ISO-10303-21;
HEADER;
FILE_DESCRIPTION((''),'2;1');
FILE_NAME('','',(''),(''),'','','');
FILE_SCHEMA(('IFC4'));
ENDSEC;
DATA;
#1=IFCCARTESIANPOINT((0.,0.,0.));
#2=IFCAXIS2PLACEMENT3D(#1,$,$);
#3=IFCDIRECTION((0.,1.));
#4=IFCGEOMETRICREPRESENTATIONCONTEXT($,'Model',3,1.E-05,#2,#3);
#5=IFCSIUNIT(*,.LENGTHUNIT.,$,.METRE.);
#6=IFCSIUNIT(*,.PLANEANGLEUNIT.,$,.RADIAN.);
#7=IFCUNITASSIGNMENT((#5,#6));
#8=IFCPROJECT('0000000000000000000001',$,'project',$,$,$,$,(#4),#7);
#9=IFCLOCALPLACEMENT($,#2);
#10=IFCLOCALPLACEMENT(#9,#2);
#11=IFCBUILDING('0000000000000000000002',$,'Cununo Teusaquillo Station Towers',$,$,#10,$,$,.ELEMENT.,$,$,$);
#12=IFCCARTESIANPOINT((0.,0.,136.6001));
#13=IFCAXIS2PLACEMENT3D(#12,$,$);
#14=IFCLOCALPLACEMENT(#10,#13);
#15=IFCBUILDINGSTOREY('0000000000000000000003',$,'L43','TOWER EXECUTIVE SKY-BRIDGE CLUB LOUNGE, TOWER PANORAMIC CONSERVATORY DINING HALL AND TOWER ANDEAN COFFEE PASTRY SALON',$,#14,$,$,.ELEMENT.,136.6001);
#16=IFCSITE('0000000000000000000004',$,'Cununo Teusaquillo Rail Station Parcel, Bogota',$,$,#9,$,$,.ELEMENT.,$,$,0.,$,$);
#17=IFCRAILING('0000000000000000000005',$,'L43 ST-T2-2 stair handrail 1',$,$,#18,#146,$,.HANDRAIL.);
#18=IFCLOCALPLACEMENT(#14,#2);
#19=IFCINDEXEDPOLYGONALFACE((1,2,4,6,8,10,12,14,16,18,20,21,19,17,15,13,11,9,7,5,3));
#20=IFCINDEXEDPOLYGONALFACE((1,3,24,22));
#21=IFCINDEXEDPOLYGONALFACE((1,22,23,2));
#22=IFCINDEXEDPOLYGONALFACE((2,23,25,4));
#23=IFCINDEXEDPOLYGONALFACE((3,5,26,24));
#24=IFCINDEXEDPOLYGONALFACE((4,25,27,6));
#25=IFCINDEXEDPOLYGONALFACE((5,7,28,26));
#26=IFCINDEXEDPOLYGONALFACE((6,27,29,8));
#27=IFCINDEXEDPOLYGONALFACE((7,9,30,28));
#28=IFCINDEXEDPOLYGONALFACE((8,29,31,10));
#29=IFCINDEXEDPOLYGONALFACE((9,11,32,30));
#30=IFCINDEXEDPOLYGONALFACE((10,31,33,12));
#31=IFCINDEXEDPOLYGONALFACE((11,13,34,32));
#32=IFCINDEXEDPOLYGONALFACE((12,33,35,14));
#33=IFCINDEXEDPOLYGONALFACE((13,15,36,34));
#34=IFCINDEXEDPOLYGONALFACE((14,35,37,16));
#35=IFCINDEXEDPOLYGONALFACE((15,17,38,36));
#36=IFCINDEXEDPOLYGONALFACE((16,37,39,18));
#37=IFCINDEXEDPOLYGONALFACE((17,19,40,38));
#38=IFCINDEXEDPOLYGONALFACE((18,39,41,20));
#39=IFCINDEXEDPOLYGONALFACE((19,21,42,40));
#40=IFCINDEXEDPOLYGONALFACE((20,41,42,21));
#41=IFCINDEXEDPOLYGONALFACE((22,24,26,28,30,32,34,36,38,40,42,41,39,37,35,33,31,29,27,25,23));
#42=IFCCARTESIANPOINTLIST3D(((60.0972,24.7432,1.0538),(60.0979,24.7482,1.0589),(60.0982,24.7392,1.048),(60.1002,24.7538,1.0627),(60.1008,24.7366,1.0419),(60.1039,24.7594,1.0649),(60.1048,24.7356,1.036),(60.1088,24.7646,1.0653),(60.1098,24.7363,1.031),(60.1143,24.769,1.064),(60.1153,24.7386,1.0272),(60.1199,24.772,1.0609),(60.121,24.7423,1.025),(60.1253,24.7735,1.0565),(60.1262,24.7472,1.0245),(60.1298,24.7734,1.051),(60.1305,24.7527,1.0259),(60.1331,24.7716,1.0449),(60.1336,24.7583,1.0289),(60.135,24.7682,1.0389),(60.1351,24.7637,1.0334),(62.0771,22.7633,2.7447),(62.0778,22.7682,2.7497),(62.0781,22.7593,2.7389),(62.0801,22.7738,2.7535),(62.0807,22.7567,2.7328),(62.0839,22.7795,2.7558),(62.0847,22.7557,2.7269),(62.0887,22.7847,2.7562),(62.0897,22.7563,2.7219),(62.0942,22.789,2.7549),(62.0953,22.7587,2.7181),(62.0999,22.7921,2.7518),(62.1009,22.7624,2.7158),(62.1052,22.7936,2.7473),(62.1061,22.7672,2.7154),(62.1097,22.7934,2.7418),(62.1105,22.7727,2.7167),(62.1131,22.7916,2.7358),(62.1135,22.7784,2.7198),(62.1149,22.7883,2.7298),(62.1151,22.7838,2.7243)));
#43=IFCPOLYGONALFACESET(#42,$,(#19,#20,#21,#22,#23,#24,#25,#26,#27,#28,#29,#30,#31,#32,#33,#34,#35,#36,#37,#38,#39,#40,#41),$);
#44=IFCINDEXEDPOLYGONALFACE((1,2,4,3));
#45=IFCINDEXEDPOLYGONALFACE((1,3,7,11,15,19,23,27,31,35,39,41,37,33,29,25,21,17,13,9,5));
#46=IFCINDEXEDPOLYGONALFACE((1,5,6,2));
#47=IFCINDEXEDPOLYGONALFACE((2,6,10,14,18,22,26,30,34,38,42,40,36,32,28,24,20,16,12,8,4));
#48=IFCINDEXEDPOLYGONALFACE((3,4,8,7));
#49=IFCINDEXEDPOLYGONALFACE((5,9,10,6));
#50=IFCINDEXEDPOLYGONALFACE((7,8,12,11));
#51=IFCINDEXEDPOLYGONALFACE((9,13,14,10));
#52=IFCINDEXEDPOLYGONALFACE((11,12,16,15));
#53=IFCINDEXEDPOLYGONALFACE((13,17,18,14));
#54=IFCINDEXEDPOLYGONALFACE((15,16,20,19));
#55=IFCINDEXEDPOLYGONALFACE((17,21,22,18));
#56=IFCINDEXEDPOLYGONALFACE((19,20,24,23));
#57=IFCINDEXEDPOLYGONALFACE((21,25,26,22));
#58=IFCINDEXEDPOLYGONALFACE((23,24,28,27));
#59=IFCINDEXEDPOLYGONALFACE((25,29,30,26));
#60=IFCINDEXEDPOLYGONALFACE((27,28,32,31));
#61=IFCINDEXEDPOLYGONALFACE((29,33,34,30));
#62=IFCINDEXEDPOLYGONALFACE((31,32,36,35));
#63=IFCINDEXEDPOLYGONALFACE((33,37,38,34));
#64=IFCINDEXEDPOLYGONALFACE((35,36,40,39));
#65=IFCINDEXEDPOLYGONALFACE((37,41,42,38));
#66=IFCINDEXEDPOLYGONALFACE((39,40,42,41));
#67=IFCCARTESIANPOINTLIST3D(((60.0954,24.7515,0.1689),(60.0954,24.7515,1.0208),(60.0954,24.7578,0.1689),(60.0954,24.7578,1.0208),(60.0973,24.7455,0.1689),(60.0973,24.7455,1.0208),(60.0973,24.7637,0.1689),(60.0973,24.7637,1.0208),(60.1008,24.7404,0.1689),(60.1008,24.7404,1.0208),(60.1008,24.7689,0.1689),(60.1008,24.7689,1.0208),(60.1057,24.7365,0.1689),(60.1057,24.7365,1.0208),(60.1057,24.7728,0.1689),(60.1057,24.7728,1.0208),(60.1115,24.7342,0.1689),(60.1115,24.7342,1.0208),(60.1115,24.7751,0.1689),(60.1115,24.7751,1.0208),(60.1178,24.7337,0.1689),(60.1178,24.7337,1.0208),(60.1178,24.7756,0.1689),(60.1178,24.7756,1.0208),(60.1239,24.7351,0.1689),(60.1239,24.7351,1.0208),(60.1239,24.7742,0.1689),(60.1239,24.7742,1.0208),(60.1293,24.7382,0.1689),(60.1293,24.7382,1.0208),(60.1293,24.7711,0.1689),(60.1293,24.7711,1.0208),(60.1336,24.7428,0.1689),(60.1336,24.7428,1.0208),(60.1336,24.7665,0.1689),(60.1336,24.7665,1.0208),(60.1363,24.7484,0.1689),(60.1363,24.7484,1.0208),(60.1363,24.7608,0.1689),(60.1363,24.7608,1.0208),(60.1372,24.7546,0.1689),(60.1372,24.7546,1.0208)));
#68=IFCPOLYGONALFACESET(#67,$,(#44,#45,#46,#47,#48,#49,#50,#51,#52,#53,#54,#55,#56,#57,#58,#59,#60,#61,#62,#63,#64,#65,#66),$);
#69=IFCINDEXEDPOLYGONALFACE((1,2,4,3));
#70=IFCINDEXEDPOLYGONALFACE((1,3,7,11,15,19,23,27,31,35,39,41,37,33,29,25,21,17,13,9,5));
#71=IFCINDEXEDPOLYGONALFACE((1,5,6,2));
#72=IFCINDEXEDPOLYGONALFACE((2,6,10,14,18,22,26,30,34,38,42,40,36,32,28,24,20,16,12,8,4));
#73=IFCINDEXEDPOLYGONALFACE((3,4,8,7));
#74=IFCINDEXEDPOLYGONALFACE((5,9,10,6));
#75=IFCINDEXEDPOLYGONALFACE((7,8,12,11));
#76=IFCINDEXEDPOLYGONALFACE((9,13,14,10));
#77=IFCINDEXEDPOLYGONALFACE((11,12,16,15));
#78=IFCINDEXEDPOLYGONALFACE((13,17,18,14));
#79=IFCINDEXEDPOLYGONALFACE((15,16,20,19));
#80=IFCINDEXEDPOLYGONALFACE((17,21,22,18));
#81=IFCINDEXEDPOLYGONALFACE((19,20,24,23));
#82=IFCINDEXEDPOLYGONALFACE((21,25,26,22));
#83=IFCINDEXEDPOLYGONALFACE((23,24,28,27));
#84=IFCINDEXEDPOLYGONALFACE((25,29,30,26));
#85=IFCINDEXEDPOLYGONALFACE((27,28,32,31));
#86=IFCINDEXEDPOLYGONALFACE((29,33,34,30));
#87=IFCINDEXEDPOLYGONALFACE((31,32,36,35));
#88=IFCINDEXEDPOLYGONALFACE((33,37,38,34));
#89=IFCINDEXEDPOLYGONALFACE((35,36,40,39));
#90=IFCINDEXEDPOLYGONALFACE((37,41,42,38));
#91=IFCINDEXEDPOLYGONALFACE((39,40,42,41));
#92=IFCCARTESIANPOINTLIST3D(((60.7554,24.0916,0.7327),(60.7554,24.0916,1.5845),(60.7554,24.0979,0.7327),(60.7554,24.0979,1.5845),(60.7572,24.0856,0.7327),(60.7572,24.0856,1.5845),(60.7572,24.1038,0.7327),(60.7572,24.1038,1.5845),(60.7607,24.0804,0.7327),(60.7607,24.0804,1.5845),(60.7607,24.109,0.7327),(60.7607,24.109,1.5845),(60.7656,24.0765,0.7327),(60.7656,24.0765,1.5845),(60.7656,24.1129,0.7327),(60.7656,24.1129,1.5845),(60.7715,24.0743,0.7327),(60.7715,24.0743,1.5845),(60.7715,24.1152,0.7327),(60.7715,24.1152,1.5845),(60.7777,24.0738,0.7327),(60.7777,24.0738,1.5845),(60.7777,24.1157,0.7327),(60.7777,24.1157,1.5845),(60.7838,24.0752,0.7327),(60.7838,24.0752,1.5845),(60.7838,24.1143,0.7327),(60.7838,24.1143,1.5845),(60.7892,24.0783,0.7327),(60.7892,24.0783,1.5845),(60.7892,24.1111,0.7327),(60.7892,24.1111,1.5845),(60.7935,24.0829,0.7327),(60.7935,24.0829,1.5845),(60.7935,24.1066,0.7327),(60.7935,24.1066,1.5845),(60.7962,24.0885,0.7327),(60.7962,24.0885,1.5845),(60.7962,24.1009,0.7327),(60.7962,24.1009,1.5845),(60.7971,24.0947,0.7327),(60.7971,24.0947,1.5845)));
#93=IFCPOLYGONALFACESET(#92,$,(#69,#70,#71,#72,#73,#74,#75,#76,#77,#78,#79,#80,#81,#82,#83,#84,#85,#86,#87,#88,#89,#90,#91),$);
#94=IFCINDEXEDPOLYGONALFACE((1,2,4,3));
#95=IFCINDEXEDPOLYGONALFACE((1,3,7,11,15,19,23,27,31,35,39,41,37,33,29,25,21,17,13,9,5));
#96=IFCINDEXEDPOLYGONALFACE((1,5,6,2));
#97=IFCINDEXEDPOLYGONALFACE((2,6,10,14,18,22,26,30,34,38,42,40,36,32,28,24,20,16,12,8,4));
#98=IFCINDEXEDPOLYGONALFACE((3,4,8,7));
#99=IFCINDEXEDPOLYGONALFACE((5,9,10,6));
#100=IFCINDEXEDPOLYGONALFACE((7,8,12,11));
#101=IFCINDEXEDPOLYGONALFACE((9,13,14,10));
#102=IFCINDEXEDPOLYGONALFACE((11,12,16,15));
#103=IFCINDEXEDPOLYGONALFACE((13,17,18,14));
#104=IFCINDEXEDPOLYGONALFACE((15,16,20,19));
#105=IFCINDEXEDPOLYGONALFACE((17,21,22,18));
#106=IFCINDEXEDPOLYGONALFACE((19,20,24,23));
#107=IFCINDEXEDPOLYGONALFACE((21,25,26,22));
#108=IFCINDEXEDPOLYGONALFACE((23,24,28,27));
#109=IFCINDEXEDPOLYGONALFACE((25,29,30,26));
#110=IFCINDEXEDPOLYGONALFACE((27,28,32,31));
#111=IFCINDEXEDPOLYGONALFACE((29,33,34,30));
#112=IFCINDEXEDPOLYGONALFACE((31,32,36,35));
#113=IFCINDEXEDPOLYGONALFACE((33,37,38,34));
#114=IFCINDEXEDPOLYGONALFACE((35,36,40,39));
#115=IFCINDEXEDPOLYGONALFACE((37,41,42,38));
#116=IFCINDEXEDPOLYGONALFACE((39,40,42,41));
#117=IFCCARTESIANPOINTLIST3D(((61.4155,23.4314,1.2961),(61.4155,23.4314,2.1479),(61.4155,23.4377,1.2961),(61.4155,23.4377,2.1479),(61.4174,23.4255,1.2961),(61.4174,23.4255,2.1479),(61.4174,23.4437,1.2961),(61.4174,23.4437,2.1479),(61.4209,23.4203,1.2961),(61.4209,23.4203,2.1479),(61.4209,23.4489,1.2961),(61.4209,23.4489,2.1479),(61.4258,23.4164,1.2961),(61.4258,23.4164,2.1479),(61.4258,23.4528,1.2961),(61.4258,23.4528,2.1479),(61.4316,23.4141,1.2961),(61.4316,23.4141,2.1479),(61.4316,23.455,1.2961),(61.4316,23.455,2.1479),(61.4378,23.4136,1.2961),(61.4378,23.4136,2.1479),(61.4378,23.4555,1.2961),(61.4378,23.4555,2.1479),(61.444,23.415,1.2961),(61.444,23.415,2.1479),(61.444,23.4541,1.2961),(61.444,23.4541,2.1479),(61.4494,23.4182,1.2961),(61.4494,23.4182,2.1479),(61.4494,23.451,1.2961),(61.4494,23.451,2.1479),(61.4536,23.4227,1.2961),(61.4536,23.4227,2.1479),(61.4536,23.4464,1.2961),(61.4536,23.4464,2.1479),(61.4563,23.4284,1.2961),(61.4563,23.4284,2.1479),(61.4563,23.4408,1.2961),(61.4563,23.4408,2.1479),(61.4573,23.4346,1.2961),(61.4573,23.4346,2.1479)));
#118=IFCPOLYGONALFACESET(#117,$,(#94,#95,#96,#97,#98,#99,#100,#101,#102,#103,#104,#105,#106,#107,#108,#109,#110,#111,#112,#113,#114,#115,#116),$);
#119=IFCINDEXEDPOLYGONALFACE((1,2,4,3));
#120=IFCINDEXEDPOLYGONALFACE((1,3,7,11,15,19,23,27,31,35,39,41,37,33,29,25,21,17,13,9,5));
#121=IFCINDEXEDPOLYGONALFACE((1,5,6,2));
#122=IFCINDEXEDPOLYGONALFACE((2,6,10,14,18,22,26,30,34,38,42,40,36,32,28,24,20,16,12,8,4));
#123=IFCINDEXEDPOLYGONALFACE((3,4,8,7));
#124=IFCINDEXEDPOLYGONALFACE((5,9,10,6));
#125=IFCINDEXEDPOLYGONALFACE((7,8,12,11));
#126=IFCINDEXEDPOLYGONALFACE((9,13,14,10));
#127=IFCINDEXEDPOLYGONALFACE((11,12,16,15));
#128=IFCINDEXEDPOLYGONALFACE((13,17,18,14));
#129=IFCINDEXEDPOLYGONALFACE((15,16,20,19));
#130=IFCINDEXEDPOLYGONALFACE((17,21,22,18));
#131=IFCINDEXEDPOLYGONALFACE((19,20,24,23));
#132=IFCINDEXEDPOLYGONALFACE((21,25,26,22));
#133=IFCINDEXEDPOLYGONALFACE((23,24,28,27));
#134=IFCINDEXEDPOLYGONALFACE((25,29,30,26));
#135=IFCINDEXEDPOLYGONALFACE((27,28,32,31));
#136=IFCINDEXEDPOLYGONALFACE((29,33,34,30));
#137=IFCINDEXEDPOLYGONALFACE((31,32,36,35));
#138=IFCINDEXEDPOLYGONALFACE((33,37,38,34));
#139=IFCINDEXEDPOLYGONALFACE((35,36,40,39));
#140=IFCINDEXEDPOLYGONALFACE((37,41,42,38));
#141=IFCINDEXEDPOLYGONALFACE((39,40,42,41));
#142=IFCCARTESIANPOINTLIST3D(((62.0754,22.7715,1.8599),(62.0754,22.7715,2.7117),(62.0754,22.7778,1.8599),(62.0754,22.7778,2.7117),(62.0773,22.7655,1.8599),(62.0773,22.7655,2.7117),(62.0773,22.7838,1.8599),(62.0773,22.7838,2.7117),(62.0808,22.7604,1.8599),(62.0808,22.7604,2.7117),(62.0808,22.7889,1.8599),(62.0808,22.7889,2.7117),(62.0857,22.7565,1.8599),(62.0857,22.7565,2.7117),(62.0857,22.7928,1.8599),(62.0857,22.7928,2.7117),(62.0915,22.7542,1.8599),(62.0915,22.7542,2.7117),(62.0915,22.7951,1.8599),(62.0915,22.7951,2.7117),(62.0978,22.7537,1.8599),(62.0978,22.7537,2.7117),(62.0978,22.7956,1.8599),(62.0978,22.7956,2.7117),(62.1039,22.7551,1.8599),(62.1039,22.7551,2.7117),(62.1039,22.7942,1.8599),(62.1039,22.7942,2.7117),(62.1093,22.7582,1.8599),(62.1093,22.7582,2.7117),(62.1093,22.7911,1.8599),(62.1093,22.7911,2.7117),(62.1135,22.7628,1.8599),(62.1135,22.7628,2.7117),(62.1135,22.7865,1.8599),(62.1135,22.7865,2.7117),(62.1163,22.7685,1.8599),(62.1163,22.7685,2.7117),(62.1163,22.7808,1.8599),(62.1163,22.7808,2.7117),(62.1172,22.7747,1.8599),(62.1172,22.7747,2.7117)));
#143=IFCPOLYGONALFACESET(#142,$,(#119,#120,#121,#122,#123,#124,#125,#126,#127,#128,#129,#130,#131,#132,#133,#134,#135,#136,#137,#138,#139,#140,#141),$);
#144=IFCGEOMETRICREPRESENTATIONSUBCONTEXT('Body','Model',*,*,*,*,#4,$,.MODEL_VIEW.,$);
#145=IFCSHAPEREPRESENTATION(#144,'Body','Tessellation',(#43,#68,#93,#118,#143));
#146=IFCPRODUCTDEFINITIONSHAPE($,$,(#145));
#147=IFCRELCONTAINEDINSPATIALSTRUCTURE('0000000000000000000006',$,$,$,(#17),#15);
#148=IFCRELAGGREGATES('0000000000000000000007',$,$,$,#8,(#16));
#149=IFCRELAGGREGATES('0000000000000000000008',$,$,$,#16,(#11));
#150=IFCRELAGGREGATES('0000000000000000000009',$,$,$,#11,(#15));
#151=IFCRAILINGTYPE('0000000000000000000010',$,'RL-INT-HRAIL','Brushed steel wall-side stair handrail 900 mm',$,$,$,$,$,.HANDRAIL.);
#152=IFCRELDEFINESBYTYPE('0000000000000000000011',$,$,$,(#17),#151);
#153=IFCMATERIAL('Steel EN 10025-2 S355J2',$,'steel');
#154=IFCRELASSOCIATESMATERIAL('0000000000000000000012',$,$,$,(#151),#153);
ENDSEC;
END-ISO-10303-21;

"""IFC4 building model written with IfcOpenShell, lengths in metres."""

from ifc_helpers import new_model, si_unit, direction, frame, origin, origin_2d, place, context, subcontext, project, spatial, circle, extrude, material, type_object, element, save


model = new_model("IFC4")

# Units and contexts
model_context = context("Model", 3, precision=1e-05, world=origin(), true_north=direction((0.0, 1.0)))
body_context = subcontext(model_context, "Body", "Model", "MODEL_VIEW")
ifc_project = project(units=[si_unit("LENGTHUNIT", "METRE"), si_unit("PLANEANGLEUNIT", "RADIAN")], contexts=[model_context])

# Site, building, storey
site_placement = place(None, origin())
site = spatial("IfcSite", under=ifc_project, at=site_placement, Name="Cununo Teusaquillo Rail Station Parcel, Bogota", CompositionType="ELEMENT", RefElevation=0.0)
building_placement = place(site_placement, origin())
building = spatial("IfcBuilding", under=site, at=building_placement, Name="Cununo Teusaquillo Station Towers", CompositionType="ELEMENT")
storey_placement = place(building_placement, frame((0.0, 0.0, 136.6001)))
storey = spatial("IfcBuildingStorey", under=building, at=storey_placement, Name="L43", Description="TOWER EXECUTIVE SKY-BRIDGE CLUB LOUNGE, TOWER PANORAMIC CONSERVATORY DINING HALL AND TOWER ANDEAN COFFEE PASTRY SALON", CompositionType="ELEMENT", Elevation=136.6001)

# Railing
ifc_material_1 = material(Name="Steel EN 10025-2 S355J2", Category="steel")
railing_type_1 = type_object("IfcRailingType", Name="RL-INT-HRAIL", Description="Brushed steel wall-side stair handrail 900 mm", PredefinedType="HANDRAIL", material=ifc_material_1)
railing_1_placement = place(storey_placement, frame((60.1162, 24.7546, 0.1689)))
element("IfcRailing", 1, at=railing_1_placement, inside=storey, type_object=railing_type_1, Name="L43 ST-T2-2 stair handrail 1", PredefinedType="HANDRAIL", context=body_context, shape_type="SweptSolid", body=[
    extrude(circle(Radius=0.0239, at=origin_2d()), frame((0.0, 0.0, 0.876), z_axis=(0.605302, -0.605302, 0.516932), x_axis=(0.707107, 0.707107, 0.0)), (0.0, 0.0, 1.0), 3.271),
    extrude(circle(Radius=0.021, at=origin_2d()), origin(), (0.0, 0.0, 1.0), 0.8518),
    extrude(circle(Radius=0.021, at=origin_2d()), frame((0.6599, -0.6599, 0.5637)), (0.0, 0.0, 1.0), 0.8518),
    extrude(circle(Radius=0.021, at=origin_2d()), frame((1.3201, -1.3201, 1.1272)), (0.0, 0.0, 1.0), 0.8518),
    extrude(circle(Radius=0.021, at=origin_2d()), frame((1.98, -1.98, 1.6909)), (0.0, 0.0, 1.0), 0.8518),
])

save(model, "model.ifc")
